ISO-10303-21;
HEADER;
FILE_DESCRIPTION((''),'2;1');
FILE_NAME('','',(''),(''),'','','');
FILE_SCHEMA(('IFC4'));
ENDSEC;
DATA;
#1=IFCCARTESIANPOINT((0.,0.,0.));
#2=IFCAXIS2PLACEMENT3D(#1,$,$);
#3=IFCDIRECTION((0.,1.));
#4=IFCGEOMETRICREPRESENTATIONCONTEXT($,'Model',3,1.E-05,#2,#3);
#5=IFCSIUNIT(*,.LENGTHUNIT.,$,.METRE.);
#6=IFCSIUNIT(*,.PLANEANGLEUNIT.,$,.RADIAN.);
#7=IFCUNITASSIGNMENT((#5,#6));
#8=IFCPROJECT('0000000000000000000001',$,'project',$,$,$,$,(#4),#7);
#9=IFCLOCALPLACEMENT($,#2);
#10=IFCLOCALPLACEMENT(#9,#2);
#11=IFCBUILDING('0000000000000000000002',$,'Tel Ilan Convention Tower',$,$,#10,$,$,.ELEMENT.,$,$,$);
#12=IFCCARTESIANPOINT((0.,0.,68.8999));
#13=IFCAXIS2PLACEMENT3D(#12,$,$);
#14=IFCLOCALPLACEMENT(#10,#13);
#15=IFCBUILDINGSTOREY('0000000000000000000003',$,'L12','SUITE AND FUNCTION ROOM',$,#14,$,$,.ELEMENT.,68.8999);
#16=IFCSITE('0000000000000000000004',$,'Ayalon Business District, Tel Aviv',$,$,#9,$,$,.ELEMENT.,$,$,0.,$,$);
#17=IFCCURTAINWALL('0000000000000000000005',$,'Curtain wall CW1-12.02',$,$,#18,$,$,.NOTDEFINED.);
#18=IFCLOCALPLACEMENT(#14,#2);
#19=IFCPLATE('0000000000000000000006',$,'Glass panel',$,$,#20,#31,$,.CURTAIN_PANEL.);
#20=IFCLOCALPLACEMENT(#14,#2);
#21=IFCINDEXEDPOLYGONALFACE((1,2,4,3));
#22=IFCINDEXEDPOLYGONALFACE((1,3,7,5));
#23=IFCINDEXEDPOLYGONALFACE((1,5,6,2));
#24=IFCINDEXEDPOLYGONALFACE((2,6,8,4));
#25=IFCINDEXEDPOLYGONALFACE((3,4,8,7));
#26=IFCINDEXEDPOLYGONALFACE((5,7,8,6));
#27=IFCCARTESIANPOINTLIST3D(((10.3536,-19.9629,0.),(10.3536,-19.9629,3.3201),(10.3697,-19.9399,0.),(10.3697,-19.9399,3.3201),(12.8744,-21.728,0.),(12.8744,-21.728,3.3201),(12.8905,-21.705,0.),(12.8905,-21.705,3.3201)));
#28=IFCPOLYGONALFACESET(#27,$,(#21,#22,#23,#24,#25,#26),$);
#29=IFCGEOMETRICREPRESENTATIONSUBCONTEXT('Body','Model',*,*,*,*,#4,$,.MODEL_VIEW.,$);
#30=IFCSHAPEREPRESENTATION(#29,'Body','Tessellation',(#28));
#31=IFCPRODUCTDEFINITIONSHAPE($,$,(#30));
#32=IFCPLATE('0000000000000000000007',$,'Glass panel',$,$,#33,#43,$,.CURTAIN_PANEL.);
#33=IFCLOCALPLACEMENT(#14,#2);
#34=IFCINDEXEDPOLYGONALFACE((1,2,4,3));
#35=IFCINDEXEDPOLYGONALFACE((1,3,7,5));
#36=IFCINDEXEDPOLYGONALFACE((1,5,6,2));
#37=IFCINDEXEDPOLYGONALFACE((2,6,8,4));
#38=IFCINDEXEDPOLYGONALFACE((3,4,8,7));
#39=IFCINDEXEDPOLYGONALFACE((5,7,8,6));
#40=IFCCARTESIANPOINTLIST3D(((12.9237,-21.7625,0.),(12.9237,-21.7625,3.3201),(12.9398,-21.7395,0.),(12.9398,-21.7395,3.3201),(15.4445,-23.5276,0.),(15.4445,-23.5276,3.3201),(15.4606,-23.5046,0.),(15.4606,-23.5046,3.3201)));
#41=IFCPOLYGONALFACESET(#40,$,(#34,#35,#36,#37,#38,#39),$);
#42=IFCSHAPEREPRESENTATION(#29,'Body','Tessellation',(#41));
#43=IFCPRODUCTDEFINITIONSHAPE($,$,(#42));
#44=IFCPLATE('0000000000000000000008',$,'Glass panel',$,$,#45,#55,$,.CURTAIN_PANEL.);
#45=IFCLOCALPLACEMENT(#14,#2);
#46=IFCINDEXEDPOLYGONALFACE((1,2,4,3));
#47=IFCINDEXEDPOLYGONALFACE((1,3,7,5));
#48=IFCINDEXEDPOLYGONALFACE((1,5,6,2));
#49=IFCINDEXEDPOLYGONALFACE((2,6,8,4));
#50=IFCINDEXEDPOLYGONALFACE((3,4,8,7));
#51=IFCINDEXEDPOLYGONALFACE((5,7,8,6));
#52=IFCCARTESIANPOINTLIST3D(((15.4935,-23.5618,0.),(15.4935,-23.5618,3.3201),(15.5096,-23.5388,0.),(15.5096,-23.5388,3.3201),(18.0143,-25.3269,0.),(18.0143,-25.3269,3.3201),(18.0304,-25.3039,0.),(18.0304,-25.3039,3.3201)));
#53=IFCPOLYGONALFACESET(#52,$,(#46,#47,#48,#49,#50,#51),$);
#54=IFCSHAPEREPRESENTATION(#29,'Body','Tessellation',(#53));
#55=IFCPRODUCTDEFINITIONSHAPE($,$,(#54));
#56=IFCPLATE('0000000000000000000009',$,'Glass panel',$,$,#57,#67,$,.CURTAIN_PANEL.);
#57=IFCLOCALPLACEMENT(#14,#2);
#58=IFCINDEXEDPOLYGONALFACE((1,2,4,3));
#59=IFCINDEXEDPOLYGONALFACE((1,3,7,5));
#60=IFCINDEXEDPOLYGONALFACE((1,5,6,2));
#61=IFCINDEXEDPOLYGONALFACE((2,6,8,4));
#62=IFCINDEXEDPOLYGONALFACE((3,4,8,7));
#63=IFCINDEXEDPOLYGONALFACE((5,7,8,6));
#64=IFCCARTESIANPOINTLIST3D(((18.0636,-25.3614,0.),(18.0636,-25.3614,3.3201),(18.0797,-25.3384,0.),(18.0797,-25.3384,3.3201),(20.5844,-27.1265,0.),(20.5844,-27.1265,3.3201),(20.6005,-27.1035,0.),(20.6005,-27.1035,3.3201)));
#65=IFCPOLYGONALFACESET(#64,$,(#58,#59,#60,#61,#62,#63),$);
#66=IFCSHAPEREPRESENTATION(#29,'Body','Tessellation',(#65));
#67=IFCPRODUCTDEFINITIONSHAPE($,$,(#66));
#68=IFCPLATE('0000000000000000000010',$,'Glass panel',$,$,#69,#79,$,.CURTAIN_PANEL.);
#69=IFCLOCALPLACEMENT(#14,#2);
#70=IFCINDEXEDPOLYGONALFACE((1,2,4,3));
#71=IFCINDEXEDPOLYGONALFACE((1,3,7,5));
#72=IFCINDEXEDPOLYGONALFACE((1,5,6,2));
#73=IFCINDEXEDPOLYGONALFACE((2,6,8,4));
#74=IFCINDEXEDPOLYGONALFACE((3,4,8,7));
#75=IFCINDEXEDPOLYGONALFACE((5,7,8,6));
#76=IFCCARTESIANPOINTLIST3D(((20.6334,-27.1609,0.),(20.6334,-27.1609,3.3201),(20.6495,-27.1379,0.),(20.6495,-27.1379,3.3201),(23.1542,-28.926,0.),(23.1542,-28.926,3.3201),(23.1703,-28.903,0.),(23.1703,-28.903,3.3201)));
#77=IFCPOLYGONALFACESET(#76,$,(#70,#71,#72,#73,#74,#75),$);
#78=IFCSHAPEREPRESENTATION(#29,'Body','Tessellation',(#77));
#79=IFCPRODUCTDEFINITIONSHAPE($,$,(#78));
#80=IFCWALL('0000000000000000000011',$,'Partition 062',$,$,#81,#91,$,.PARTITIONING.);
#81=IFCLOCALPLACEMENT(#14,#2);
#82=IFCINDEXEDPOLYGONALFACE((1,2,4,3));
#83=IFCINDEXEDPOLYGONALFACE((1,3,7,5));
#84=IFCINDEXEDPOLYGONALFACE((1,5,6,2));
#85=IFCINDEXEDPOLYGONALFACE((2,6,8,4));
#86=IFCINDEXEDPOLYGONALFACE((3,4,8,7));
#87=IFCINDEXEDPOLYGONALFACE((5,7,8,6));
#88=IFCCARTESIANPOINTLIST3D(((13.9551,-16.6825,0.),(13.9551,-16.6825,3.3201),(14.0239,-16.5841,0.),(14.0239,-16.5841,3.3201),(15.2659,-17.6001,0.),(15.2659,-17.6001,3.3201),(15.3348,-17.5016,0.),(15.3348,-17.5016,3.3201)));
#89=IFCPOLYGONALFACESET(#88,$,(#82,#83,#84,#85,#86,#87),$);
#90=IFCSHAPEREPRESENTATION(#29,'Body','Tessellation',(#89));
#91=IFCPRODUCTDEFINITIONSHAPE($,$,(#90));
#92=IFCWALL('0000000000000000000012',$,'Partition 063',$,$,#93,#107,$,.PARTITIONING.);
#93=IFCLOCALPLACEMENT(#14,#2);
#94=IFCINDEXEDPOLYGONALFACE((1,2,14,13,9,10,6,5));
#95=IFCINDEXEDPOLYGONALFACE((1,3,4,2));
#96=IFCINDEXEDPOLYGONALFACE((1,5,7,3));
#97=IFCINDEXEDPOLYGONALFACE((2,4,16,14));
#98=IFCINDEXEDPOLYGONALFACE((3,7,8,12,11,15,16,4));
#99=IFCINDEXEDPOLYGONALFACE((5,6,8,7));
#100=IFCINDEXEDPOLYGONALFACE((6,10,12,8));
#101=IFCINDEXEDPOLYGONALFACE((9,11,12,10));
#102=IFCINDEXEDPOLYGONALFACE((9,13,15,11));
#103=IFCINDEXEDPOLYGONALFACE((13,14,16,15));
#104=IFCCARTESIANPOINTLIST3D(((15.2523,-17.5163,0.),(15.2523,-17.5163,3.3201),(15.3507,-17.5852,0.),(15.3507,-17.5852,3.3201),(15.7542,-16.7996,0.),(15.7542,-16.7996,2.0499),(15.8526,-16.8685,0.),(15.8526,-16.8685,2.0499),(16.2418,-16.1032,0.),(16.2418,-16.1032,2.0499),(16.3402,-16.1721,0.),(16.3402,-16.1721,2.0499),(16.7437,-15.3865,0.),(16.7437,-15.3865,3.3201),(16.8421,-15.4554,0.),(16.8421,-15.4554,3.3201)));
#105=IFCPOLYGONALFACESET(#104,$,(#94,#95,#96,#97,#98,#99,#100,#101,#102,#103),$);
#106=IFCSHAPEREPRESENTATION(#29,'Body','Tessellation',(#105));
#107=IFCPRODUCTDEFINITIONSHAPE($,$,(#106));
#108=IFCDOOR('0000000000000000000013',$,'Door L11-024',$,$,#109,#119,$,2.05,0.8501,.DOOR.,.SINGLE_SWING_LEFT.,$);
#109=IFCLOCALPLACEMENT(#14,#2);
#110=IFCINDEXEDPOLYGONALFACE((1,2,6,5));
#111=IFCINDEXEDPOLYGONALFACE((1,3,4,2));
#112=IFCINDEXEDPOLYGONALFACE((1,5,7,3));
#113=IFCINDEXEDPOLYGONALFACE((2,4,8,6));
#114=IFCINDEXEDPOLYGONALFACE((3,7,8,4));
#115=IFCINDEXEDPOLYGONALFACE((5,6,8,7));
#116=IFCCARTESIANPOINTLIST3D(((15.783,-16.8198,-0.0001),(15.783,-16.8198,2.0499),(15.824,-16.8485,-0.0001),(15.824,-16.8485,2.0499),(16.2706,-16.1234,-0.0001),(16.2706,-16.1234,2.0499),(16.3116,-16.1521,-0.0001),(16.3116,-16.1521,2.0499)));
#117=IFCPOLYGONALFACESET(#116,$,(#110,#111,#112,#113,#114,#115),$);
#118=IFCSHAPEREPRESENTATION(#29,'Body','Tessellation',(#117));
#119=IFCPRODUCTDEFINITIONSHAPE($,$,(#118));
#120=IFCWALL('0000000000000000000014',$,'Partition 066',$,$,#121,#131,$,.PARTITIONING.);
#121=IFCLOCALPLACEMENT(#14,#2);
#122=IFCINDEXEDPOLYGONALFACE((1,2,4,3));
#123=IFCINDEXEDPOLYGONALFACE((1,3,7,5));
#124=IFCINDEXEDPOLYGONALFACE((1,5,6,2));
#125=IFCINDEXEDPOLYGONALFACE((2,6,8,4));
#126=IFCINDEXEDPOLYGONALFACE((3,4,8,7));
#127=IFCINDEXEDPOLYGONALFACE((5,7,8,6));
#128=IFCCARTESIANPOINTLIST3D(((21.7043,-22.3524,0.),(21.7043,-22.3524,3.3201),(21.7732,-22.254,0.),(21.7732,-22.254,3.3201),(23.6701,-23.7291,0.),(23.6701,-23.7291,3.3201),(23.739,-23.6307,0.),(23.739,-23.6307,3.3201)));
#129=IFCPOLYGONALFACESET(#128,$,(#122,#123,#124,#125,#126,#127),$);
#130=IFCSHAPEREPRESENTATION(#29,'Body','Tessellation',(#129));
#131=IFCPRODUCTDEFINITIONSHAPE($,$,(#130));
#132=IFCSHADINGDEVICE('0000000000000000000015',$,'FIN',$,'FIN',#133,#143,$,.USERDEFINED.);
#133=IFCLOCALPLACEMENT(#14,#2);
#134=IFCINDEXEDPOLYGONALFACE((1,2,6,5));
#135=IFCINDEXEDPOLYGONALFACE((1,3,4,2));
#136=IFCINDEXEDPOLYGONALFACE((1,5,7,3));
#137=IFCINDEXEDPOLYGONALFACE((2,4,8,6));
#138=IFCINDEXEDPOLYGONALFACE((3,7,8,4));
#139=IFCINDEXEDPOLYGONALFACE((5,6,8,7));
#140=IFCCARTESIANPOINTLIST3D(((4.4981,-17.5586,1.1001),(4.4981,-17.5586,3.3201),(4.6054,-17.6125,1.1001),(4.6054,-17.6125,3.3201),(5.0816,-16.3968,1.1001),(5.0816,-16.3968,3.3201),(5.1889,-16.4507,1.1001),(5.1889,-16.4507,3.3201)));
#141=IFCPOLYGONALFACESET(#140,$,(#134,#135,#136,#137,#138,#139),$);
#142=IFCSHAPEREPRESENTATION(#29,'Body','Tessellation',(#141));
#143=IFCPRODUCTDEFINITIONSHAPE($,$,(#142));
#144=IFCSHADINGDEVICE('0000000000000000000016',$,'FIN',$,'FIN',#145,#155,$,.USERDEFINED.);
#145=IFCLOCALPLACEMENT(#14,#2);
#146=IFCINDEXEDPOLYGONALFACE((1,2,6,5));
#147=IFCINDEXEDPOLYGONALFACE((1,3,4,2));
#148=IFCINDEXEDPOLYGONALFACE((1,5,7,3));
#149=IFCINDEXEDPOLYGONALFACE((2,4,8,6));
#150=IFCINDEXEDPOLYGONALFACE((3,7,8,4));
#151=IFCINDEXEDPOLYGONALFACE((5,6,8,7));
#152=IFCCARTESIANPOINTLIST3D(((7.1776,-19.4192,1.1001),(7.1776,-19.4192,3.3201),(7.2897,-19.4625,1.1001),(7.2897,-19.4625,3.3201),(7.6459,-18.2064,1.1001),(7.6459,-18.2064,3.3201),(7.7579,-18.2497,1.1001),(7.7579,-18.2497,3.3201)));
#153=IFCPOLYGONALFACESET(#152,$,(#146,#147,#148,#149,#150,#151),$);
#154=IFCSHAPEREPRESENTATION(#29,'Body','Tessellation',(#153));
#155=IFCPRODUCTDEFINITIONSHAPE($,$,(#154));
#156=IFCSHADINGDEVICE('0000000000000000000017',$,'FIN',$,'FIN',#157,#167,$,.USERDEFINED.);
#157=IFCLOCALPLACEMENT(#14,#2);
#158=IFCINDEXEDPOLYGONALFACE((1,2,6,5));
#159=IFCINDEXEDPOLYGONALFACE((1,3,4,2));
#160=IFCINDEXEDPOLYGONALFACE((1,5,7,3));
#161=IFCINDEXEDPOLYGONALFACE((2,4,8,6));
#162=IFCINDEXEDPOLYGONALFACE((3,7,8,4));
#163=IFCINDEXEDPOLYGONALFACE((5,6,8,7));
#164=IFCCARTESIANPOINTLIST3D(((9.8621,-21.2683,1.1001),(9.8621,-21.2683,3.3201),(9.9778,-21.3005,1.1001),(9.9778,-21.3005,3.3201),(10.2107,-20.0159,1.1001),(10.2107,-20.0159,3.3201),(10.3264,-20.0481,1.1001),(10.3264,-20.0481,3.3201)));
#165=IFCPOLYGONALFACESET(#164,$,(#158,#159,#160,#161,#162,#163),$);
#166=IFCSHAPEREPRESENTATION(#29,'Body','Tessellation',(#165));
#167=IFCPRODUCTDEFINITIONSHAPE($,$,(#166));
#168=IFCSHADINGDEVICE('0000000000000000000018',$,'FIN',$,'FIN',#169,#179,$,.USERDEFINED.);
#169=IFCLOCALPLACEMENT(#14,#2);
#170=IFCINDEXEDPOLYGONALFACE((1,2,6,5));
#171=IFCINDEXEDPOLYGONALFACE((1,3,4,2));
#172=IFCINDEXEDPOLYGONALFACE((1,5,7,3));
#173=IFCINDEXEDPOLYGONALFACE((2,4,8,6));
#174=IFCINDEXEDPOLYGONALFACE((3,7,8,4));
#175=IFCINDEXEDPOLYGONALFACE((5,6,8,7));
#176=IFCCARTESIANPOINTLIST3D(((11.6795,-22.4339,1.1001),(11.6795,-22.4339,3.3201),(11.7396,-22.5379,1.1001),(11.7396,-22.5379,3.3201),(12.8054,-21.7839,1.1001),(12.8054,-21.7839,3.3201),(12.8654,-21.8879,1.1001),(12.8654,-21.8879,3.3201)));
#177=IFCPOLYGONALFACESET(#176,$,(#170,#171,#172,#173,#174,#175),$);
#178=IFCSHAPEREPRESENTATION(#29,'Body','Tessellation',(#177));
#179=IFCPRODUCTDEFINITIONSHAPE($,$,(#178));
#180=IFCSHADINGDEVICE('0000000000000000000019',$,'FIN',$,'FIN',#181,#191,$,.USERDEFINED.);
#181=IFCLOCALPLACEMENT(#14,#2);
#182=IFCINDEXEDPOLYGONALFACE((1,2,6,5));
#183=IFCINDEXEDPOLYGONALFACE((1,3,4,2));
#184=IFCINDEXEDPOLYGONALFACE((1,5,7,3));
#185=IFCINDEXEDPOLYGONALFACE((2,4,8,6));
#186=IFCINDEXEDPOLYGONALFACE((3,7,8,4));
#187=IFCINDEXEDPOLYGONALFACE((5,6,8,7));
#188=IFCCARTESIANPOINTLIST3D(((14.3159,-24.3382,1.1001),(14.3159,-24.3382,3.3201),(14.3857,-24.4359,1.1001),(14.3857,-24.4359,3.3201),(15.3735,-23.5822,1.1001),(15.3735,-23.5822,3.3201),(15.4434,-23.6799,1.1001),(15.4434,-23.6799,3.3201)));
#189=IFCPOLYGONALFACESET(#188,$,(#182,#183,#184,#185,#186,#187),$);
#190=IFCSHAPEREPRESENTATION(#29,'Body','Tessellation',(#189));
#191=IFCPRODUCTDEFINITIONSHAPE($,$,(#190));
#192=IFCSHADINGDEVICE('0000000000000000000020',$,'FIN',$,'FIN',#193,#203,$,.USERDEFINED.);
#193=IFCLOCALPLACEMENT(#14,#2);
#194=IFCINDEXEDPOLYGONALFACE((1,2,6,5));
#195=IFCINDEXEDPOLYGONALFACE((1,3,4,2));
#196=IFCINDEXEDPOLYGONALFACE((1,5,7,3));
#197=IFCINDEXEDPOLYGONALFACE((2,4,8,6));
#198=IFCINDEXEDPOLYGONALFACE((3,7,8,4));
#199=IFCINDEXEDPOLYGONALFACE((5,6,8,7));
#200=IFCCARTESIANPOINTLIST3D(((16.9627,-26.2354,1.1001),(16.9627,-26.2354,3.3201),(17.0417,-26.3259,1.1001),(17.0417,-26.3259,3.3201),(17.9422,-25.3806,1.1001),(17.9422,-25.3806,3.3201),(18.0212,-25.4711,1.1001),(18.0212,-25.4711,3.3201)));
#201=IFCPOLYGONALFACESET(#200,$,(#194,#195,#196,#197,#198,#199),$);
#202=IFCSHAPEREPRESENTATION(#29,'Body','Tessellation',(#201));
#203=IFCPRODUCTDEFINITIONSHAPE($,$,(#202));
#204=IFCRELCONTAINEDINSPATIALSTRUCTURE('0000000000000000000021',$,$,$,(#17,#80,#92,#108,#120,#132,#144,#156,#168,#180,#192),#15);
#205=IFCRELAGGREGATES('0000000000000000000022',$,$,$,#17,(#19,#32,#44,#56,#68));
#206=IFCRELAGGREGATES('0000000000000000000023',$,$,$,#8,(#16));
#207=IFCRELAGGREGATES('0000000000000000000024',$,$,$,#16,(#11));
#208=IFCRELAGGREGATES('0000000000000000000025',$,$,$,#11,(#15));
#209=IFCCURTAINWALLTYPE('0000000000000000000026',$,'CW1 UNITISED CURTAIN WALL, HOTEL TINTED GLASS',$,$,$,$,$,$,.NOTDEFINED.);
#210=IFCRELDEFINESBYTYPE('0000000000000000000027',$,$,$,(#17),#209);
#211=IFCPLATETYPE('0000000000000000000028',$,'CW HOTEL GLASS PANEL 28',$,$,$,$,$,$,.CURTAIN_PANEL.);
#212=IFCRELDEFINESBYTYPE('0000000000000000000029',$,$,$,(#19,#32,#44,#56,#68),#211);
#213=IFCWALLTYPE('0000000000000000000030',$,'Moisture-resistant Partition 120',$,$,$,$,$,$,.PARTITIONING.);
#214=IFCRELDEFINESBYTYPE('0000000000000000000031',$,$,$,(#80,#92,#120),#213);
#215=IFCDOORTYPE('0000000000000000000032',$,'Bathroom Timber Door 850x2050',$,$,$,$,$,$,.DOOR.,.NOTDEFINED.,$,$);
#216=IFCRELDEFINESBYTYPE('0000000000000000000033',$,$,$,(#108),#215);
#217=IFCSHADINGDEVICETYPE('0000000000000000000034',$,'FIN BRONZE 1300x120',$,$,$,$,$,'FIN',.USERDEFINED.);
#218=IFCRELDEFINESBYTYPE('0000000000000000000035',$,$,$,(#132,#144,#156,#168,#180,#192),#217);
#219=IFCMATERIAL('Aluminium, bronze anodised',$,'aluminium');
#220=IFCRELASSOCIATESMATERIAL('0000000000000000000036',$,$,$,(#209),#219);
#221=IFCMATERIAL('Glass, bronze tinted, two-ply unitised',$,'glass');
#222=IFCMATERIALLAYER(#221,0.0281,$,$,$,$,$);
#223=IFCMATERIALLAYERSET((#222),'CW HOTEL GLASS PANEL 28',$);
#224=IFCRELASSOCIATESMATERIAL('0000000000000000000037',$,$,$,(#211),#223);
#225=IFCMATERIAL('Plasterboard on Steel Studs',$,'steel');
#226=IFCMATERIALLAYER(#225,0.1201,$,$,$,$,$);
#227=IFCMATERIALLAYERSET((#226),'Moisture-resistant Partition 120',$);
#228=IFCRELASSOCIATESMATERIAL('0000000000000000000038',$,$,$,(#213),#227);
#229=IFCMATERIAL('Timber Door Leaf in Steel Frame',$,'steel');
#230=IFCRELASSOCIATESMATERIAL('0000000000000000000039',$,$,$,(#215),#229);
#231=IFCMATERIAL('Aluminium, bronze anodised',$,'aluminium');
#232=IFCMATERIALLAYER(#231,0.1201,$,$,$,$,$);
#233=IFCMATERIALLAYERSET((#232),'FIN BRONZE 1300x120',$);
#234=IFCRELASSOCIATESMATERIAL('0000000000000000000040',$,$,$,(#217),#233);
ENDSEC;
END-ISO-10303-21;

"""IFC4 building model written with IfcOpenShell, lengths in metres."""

from ifc_helpers import new_model, si_unit, direction, frame, frame_2d, origin, origin_2d, place, context, subcontext, project, spatial, rectangle, extrude, material, layer, layer_set, type_object, element, fill, aggregate, save


model = new_model("IFC4")

# Units and contexts
model_context = context("Model", 3, precision=1e-05, world=origin(), true_north=direction((0.0, 1.0)))
body_context = subcontext(model_context, "Body", "Model", "MODEL_VIEW")
ifc_project = project(units=[si_unit("LENGTHUNIT", "METRE"), si_unit("PLANEANGLEUNIT", "RADIAN")], contexts=[model_context])

# Site, building, storey
site_placement = place(None, origin())
site = spatial("IfcSite", under=ifc_project, at=site_placement, Name="Ayalon Business District, Tel Aviv", CompositionType="ELEMENT", RefElevation=0.0)
building_placement = place(site_placement, origin())
building = spatial("IfcBuilding", under=site, at=building_placement, Name="Tel Ilan Convention Tower", CompositionType="ELEMENT")
storey_placement = place(building_placement, frame((0.0, 0.0, 68.8999)))
storey = spatial("IfcBuildingStorey", under=building, at=storey_placement, Name="L12", Description="SUITE AND FUNCTION ROOM", CompositionType="ELEMENT", Elevation=68.8999)

# Curtain wall, plates
ifc_material_1 = material(Name="Aluminium, bronze anodised", Category="aluminium")
curtain_wall_type = type_object("IfcCurtainWallType", Name="CW1 UNITISED CURTAIN WALL, HOTEL TINTED GLASS", PredefinedType="NOTDEFINED", material=ifc_material_1)
curtain_wall_placement = place(storey_placement, origin())
curtain_wall = element("IfcCurtainWall", 1, at=curtain_wall_placement, inside=storey, type_object=curtain_wall_type, Name="Curtain wall CW1-12.02", PredefinedType="NOTDEFINED")
ifc_material_2 = material(Name="Glass, bronze tinted, two-ply unitised", Category="glass")
ifc_layer_1 = layer(ifc_material_2, 0.0281)
ifc_layer_set_1 = layer_set([ifc_layer_1], Name="CW HOTEL GLASS PANEL 28")
plate_type = type_object("IfcPlateType", Name="CW HOTEL GLASS PANEL 28", PredefinedType="CURTAIN_PANEL", material=ifc_layer_set_1)
plate_1_placement = place(storey_placement, frame((11.6221, -20.834, 0.0), z_axis=(0.0, 0.0, 1.0), x_axis=(0.819152, -0.573576, 0.0)))
plate_1 = element("IfcPlate", 2, at=plate_1_placement, type_object=plate_type, Name="Glass panel", PredefinedType="CURTAIN_PANEL", context=body_context, shape_type="SweptSolid", body=[
    extrude(rectangle(XDim=3.0774, YDim=0.0281, at=origin_2d()), origin(), (0.0, 0.0, 1.0), 3.3201),
])
plate_2_placement = place(storey_placement, frame((14.1921, -22.6335, 0.0), z_axis=(0.0, 0.0, 1.0), x_axis=(0.819152, -0.573576, 0.0)))
plate_2 = element("IfcPlate", 3, at=plate_2_placement, type_object=plate_type, Name="Glass panel", PredefinedType="CURTAIN_PANEL", context=body_context, shape_type="SweptSolid", body=[
    extrude(rectangle(XDim=3.0774, YDim=0.0281, at=origin_2d()), origin(), (0.0, 0.0, 1.0), 3.3201),
])
plate_3_placement = place(storey_placement, frame((16.762, -24.4329, 0.0), z_axis=(0.0, 0.0, 1.0), x_axis=(0.819152, -0.573576, 0.0)))
plate_3 = element("IfcPlate", 4, at=plate_3_placement, type_object=plate_type, Name="Glass panel", PredefinedType="CURTAIN_PANEL", context=body_context, shape_type="SweptSolid", body=[
    extrude(rectangle(XDim=3.0774, YDim=0.0281, at=origin_2d()), origin(), (0.0, 0.0, 1.0), 3.3201),
])
plate_4_placement = place(storey_placement, frame((19.332, -26.2324, 0.0), z_axis=(0.0, 0.0, 1.0), x_axis=(0.819152, -0.573576, 0.0)))
plate_4 = element("IfcPlate", 5, at=plate_4_placement, type_object=plate_type, Name="Glass panel", PredefinedType="CURTAIN_PANEL", context=body_context, shape_type="SweptSolid", body=[
    extrude(rectangle(XDim=3.0774, YDim=0.0281, at=origin_2d()), origin(), (0.0, 0.0, 1.0), 3.3201),
])
plate_5_placement = place(storey_placement, frame((21.9019, -28.032, 0.0), z_axis=(0.0, 0.0, 1.0), x_axis=(0.819152, -0.573576, 0.0)))
plate_5 = element("IfcPlate", 6, at=plate_5_placement, type_object=plate_type, Name="Glass panel", PredefinedType="CURTAIN_PANEL", context=body_context, shape_type="SweptSolid", body=[
    extrude(rectangle(XDim=3.0774, YDim=0.0281, at=origin_2d()), origin(), (0.0, 0.0, 1.0), 3.3201),
])
aggregate(curtain_wall, [plate_1, plate_2, plate_3, plate_4, plate_5])

# Wall
ifc_material_3 = material(Name="Plasterboard on Steel Studs", Category="steel")
ifc_layer_2 = layer(ifc_material_3, 0.1201)
ifc_layer_set_2 = layer_set([ifc_layer_2], Name="Moisture-resistant Partition 120")
wall_type = type_object("IfcWallType", Name="Moisture-resistant Partition 120", PredefinedType="PARTITIONING", material=ifc_layer_set_2)
wall_1_placement = place(storey_placement, frame((13.9895, -16.6333, 0.0), z_axis=(0.0, 0.0, 1.0), x_axis=(0.819253, -0.573432, 0.0)))
element("IfcWall", 7, at=wall_1_placement, inside=storey, type_object=wall_type, Name="Partition 062", PredefinedType="PARTITIONING", context=body_context, shape_type="SweptSolid", body=[
    extrude(rectangle(XDim=1.6001, YDim=0.1201, at=frame_2d((0.8, 0.0))), origin(), (0.0, 0.0, 1.0), 3.3201),
])

# Wall, opening, door
wall_2_placement = place(storey_placement, frame((15.3015, -17.5508, 0.0), z_axis=(0.0, 0.0, 1.0), x_axis=(0.573601, 0.819135, 0.0)))
wall_2 = element("IfcWall", 8, at=wall_2_placement, inside=storey, type_object=wall_type, Name="Partition 063", PredefinedType="PARTITIONING", context=body_context, shape_type="SweptSolid", body=[
    extrude(rectangle(XDim=2.6001, YDim=0.1201, at=frame_2d((1.3, 0.0))), origin(), (0.0, 0.0, 1.0), 3.3201),
])
opening_placement = place(wall_2_placement, frame((0.875, 0.0, 0.0)))
opening = element("IfcOpeningElement", 9, at=opening_placement, cuts=wall_2, PredefinedType="OPENING", context=body_context, shape_type="SweptSolid", body=[
    extrude(rectangle(XDim=0.8501, YDim=2.05, at=frame_2d((0.425, 1.0249))), frame((0.0, 0.0701, 0.0), z_axis=(0.0, -1.0, 0.0), x_axis=(1.0, 0.0, 0.0)), (0.0, 0.0, 1.0), 0.1401),
])
ifc_material_4 = material(Name="Timber Door Leaf in Steel Frame", Category="steel")
door_type = type_object("IfcDoorType", Name="Bathroom Timber Door 850x2050", OperationType="NOTDEFINED", PredefinedType="DOOR", material=ifc_material_4)
door_placement = place(opening_placement, origin())
door = element("IfcDoor", 10, at=door_placement, inside=storey, type_object=door_type, Name="Door L11-024", OperationType="SINGLE_SWING_LEFT", OverallHeight=2.05, OverallWidth=0.8501, PredefinedType="DOOR", context=body_context, shape_type="SweptSolid", body=[
    extrude(rectangle(XDim=0.8501, YDim=2.05, at=frame_2d((0.425, 1.0249))), frame((0.0, 0.0249, 0.0), z_axis=(0.0, -1.0, 0.0), x_axis=(1.0, 0.0, 0.0)), (0.0, 0.0, 1.0), 0.05),
])
fill(opening, door)

# Wall
wall_3_placement = place(storey_placement, frame((21.7388, -22.3032, 0.0), z_axis=(0.0, 0.0, 1.0), x_axis=(0.819108, -0.57364, 0.0)))
element("IfcWall", 11, at=wall_3_placement, inside=storey, type_object=wall_type, Name="Partition 066", PredefinedType="PARTITIONING", context=body_context, shape_type="SweptSolid", body=[
    extrude(rectangle(XDim=2.3999, YDim=0.1201, at=frame_2d((1.2, 0.0))), origin(), (0.0, 0.0, 1.0), 3.3201),
])

# Shading devices
ifc_material_5 = material(Name="Aluminium, bronze anodised", Category="aluminium")
ifc_layer_3 = layer(ifc_material_5, 0.1201)
ifc_layer_set_3 = layer_set([ifc_layer_3], Name="FIN BRONZE 1300x120")
shading_device_type = type_object("IfcShadingDeviceType", Name="FIN BRONZE 1300x120", ElementType="FIN", PredefinedType="USERDEFINED", material=ifc_layer_set_3)
for number, where, z_axis, x_axis, name in (
    (12, (4.8435, -17.0046, 1.1001), (0.0, 0.0, 1.0), (-0.448799, -0.893633, 0.0), "FIN"),
    (13, (7.4678, -18.8345, 1.1001), (0.0, 0.0, 1.0), (-0.360178, -0.932884, 0.0), "FIN"),
    (14, (10.0942, -20.6582, 1.1001), (0.0, 0.0, 1.0), (-0.268173, -0.963371, 0.0), "FIN"),
    (15, (12.2725, -22.1609, 1.1001), (0.0, 0.0, 1.0), (-0.866025, -0.5, 0.0), "FIN"),
    (16, (14.8796, -24.009, 1.1001), (0.0, 0.0, 1.0), (-0.813552, -0.581492, 0.0), "FIN"),
    (17, (17.4919, -25.8533, 1.1001), (0.0, 0.0, 1.0), (-0.753436, -0.657521, 0.0), "FIN"),
):
    element("IfcShadingDevice", number, at=place(storey_placement, frame(where, z_axis=z_axis, x_axis=x_axis)), inside=storey, type_object=shading_device_type, Name=name, ObjectType="FIN", PredefinedType="USERDEFINED", context=body_context, shape_type="SweptSolid", body=[
        extrude(rectangle(XDim=1.3, YDim=0.1201, at=origin_2d()), origin(), (0.0, 0.0, 1.0), 2.22),
    ])

save(model, "model.ifc")
